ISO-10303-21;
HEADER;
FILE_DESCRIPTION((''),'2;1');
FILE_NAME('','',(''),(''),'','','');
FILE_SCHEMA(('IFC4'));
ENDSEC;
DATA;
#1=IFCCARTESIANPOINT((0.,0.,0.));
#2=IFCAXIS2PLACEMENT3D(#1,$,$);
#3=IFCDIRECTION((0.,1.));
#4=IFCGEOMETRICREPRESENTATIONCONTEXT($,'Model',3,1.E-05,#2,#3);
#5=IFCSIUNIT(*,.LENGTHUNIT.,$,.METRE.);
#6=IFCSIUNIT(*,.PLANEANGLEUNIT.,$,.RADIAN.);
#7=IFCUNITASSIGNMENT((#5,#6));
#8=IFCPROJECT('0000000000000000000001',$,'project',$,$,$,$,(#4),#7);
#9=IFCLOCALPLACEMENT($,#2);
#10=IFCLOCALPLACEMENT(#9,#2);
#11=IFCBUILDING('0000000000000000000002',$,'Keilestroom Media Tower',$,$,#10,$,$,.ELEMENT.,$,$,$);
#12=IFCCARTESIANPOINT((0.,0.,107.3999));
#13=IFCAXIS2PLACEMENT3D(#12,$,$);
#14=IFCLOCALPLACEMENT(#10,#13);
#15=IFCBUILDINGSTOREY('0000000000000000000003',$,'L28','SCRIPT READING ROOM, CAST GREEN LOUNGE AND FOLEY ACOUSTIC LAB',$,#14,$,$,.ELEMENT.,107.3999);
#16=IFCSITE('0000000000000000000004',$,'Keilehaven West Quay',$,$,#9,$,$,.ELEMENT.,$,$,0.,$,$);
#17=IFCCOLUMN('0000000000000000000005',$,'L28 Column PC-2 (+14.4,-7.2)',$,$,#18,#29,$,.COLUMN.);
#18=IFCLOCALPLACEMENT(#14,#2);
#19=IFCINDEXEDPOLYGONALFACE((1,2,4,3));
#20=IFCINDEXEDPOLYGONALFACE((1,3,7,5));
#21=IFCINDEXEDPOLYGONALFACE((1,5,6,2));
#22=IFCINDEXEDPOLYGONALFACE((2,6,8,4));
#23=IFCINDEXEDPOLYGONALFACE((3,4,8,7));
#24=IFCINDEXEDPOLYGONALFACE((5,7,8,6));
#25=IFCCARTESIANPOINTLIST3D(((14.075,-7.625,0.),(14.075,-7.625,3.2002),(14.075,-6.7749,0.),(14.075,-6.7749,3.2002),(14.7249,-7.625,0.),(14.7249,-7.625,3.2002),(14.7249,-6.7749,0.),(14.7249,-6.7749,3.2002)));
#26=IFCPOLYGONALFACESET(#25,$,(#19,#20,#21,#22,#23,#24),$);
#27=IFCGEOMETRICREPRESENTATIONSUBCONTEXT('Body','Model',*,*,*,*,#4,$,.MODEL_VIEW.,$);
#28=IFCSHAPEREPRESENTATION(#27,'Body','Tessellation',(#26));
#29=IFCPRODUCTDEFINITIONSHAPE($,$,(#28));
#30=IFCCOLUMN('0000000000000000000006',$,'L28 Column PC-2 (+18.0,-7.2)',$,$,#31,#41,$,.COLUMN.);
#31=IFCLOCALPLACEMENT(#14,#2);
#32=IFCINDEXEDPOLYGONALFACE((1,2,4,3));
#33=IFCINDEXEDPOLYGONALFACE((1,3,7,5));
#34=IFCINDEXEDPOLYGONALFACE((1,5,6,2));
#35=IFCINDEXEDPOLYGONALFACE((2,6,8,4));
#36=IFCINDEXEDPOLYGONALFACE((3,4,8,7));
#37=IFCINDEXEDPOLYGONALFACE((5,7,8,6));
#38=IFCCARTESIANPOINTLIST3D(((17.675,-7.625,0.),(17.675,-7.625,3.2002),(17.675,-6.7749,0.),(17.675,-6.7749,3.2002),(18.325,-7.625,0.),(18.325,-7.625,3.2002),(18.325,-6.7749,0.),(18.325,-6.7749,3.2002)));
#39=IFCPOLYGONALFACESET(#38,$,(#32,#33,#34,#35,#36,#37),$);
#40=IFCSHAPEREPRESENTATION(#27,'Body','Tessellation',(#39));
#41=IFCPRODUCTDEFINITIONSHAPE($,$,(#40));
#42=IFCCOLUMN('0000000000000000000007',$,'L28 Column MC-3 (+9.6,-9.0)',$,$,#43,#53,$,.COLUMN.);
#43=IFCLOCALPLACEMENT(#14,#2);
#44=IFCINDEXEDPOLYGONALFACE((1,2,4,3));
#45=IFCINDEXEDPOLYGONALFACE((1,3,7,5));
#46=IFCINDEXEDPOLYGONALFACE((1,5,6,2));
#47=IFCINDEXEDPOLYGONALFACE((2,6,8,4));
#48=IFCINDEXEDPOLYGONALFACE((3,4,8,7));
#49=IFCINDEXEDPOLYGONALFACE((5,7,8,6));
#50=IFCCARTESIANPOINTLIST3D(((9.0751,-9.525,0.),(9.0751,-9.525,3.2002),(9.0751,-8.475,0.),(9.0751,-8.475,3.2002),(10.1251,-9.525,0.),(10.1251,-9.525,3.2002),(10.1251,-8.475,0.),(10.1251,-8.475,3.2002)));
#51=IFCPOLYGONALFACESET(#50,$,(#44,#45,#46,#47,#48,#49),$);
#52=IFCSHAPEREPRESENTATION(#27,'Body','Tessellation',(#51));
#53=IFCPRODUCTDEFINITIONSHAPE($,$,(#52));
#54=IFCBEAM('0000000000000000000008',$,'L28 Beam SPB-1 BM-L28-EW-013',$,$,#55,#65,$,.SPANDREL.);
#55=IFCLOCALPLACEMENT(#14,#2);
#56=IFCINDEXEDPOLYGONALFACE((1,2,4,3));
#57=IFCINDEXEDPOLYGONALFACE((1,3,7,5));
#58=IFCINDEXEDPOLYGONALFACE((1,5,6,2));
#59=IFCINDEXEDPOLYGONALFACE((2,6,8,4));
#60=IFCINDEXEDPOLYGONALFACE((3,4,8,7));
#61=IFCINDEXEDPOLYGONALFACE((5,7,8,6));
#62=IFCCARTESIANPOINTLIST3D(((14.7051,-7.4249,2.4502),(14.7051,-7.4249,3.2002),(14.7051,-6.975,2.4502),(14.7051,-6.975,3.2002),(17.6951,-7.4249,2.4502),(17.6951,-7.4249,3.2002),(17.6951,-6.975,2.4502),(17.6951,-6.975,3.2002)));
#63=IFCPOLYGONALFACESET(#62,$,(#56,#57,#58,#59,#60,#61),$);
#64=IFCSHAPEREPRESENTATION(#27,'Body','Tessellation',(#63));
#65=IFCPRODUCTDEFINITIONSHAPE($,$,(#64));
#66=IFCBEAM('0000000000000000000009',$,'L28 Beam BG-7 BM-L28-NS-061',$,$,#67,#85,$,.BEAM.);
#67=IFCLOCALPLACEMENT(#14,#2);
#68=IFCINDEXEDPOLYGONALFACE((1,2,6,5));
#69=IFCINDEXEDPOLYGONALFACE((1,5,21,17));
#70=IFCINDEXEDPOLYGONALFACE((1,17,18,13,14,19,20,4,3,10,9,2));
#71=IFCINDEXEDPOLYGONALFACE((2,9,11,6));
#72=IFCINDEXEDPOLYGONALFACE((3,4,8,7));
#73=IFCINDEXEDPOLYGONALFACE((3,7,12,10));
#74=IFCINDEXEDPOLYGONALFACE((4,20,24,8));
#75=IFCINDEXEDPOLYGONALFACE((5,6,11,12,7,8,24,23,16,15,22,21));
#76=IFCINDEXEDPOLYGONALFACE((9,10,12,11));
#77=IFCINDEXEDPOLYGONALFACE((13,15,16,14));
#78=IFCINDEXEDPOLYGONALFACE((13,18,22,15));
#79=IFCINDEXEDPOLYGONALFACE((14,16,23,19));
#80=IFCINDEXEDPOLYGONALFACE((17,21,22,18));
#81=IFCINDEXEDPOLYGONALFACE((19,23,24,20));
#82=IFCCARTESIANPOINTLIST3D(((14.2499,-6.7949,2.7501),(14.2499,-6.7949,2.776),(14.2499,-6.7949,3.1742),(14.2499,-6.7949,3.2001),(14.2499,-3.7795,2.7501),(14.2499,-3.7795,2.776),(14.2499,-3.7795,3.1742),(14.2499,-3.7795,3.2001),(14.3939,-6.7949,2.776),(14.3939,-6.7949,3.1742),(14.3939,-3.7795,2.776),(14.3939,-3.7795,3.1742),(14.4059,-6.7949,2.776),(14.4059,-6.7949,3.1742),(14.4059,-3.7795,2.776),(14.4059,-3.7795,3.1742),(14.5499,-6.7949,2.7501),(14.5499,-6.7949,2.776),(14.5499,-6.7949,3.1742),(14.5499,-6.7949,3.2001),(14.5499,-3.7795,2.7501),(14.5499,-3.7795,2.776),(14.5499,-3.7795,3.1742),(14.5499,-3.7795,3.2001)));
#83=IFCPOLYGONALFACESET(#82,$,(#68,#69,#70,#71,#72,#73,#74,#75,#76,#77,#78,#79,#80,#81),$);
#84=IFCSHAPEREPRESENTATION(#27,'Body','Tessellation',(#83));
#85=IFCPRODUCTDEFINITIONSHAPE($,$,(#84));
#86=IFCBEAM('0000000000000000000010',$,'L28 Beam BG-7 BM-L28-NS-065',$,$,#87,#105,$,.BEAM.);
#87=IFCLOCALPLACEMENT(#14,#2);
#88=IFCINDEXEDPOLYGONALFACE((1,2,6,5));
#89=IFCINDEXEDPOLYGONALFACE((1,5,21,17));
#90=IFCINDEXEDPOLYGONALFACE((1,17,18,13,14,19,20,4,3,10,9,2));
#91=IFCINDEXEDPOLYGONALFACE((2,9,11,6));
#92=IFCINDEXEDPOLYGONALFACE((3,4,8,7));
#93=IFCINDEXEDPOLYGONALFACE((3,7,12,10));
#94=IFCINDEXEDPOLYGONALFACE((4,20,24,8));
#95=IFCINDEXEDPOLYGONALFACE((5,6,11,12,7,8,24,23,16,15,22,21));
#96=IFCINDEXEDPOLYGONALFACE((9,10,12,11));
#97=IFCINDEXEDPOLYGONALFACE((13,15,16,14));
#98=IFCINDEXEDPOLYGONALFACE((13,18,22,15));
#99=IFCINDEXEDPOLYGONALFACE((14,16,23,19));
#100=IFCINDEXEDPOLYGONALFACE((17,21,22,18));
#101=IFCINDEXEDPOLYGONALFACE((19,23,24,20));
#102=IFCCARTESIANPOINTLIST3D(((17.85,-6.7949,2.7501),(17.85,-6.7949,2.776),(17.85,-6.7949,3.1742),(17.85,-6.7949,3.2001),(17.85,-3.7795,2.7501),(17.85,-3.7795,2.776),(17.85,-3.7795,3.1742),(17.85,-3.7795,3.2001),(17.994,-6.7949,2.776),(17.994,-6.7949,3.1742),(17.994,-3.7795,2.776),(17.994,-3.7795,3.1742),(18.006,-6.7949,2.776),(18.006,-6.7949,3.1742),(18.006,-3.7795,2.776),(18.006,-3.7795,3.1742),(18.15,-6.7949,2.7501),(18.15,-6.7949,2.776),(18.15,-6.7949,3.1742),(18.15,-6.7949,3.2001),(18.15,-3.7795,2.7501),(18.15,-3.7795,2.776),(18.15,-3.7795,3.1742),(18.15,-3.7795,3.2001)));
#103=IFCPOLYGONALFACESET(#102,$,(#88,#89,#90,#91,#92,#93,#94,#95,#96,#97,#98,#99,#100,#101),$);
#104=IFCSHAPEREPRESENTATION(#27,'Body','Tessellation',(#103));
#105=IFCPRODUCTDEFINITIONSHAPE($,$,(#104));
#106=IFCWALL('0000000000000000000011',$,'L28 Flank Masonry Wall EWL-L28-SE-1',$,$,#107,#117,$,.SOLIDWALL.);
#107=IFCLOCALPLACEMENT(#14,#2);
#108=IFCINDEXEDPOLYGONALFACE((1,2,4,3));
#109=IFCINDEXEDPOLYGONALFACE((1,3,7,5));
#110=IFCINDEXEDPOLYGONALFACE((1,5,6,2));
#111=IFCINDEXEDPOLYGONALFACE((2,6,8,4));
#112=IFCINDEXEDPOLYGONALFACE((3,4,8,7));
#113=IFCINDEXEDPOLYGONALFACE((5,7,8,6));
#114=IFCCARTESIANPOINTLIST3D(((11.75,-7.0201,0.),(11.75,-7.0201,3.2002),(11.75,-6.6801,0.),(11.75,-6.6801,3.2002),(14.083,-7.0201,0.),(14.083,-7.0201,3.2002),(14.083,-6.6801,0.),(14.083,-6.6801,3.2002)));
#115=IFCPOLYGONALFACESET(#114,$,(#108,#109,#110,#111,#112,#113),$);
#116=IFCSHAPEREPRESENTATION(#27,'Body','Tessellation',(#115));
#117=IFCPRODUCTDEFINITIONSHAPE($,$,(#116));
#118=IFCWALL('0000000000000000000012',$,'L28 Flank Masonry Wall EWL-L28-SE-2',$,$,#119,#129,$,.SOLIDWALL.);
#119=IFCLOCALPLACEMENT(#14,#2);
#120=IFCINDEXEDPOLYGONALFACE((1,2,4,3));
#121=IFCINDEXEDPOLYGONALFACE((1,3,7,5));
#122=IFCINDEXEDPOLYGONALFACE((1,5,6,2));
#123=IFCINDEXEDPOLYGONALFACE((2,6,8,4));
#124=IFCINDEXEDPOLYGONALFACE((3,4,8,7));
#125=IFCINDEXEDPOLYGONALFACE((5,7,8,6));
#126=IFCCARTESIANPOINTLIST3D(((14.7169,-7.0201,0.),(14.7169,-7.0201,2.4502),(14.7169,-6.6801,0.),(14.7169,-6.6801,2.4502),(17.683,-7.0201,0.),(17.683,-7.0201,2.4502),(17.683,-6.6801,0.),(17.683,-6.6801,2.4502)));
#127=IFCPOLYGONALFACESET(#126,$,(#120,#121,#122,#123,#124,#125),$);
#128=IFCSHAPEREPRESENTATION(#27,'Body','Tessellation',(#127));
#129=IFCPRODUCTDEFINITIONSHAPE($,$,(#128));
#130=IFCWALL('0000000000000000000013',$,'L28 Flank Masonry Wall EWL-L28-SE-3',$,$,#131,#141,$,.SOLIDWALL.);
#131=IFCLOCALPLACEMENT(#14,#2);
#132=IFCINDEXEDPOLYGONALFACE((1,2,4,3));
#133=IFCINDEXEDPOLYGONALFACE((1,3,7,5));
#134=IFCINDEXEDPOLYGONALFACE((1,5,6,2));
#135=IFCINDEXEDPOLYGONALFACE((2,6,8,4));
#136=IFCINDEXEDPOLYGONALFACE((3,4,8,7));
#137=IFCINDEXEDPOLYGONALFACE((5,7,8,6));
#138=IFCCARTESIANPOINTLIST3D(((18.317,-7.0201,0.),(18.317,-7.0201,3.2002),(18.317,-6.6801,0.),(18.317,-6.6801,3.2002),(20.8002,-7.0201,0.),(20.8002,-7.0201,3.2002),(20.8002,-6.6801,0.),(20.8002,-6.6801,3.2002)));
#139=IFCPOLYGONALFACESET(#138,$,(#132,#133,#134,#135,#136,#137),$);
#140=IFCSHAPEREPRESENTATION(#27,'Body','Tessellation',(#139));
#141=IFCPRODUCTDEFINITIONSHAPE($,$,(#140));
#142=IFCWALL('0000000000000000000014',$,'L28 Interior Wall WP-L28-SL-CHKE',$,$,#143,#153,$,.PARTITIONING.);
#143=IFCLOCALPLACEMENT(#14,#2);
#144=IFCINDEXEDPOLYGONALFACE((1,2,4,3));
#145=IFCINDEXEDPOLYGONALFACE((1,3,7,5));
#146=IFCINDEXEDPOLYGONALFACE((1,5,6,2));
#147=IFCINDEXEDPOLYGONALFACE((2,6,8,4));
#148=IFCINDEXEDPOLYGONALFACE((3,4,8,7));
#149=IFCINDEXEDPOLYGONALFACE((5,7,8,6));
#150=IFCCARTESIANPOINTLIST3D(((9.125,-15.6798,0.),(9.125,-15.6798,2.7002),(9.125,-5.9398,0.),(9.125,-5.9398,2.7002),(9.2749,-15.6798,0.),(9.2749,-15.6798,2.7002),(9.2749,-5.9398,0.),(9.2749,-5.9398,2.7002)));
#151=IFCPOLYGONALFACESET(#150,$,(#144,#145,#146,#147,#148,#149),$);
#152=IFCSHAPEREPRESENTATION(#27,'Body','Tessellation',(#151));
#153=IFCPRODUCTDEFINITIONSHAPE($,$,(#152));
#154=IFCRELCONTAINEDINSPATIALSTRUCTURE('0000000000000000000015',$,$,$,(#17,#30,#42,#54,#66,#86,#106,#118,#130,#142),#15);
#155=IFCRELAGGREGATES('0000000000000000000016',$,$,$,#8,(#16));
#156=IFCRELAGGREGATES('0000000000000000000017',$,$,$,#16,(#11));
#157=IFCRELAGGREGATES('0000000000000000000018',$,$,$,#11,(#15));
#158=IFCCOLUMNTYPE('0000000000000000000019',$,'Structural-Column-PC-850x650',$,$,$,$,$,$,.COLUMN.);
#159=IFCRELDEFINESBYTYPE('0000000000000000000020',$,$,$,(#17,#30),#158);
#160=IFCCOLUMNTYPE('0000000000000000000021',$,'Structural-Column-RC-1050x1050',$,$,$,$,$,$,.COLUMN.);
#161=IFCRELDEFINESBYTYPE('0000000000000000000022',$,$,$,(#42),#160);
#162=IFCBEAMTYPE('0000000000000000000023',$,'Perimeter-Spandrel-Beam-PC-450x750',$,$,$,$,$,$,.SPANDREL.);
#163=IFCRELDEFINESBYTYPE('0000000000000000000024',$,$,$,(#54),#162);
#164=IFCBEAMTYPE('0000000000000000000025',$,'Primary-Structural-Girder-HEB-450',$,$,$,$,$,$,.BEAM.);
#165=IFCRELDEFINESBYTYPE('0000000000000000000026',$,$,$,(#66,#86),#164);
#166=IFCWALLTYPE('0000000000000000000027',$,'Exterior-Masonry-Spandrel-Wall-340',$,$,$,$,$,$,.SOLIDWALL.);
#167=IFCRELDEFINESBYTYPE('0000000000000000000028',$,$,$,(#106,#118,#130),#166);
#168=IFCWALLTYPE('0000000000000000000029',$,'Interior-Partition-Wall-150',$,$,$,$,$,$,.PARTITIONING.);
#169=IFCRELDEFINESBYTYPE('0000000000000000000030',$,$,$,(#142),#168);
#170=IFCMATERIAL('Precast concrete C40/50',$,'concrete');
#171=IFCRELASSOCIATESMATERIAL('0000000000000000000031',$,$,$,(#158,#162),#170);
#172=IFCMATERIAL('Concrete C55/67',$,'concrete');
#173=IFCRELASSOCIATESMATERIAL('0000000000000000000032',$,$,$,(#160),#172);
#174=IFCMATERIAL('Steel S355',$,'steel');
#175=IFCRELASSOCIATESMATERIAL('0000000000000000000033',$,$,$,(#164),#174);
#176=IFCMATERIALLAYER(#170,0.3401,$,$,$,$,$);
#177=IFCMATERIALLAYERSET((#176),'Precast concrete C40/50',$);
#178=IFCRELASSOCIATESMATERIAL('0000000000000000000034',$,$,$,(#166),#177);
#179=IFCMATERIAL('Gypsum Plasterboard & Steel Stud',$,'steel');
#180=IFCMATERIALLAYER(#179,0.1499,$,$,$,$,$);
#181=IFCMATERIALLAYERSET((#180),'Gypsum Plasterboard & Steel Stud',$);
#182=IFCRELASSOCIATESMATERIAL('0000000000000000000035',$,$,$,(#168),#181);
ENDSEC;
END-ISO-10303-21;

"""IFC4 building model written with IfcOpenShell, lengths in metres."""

from ifc_helpers import new_model, si_unit, direction, frame, frame_2d, origin, origin_2d, place, context, subcontext, project, spatial, rectangle, i_section, extrude, source, transform, mapped, material, layer, layer_set, material_profile, profile_set, type_object, element, save


model = new_model("IFC4")

# Units and contexts
model_context = context("Model", 3, precision=1e-05, world=origin(), true_north=direction((0.0, 1.0)))
body_context = subcontext(model_context, "Body", "Model", "MODEL_VIEW")
ifc_project = project(units=[si_unit("LENGTHUNIT", "METRE"), si_unit("PLANEANGLEUNIT", "RADIAN")], contexts=[model_context])

# Site, building, storey
site_placement = place(None, origin())
site = spatial("IfcSite", under=ifc_project, at=site_placement, Name="Keilehaven West Quay", CompositionType="ELEMENT", RefElevation=0.0)
building_placement = place(site_placement, origin())
building = spatial("IfcBuilding", under=site, at=building_placement, Name="Keilestroom Media Tower", CompositionType="ELEMENT")
storey_placement = place(building_placement, frame((0.0, 0.0, 107.3999)))
storey = spatial("IfcBuildingStorey", under=building, at=storey_placement, Name="L28", Description="SCRIPT READING ROOM, CAST GREEN LOUNGE AND FOLEY ACOUSTIC LAB", CompositionType="ELEMENT", Elevation=107.3999)

# Columns
ifc_material_1 = material(Name="Precast concrete C40/50", Category="concrete")
ifc_material_profile_1 = material_profile(ifc_material_1, rectangle(XDim=0.6499, YDim=0.8501, at=origin_2d()), Name="PC 850x650")
ifc_profile_set_1 = profile_set([ifc_material_profile_1], Name="Precast concrete C40/50")
column_type_1 = type_object("IfcColumnType", Name="Structural-Column-PC-850x650", PredefinedType="COLUMN", material=ifc_profile_set_1)
shared_shape_1 = source(origin(), body_context, "Body", "SweptSolid", [
    extrude(rectangle(XDim=0.6499, YDim=0.8501, at=origin_2d()), origin(), (0.0, 0.0, 1.0), 3.2002),
])
for number, where, z_axis, x_axis, name in (
    (1, (14.3999, -7.2, 0.0), (0.0, 0.0, 1.0), (1.0, 0.0, 0.0), "L28 Column PC-2 (+14.4,-7.2)"),
    (2, (18.0, -7.2, 0.0), (0.0, 0.0, 1.0), (1.0, 0.0, 0.0), "L28 Column PC-2 (+18.0,-7.2)"),
):
    element("IfcColumn", number, at=place(storey_placement, frame(where, z_axis=z_axis, x_axis=x_axis)), inside=storey, type_object=column_type_1, Name=name, PredefinedType="COLUMN", context=body_context, shape_type="MappedRepresentation", body=[
        mapped(shared_shape_1, transform((0.0, 0.0, 0.0), x_axis=(1.0, 0.0, 0.0), y_axis=(0.0, 1.0, 0.0), z_axis=(0.0, 0.0, 1.0), scale=1.0)),
    ])
ifc_material_2 = material(Name="Concrete C55/67", Category="concrete")
ifc_material_profile_2 = material_profile(ifc_material_2, rectangle(XDim=1.05, YDim=1.05, at=origin_2d()), Name="RC 1050x1050")
ifc_profile_set_2 = profile_set([ifc_material_profile_2], Name="Concrete C55/67")
column_type_2 = type_object("IfcColumnType", Name="Structural-Column-RC-1050x1050", PredefinedType="COLUMN", material=ifc_profile_set_2)
shared_shape_2 = source(origin(), body_context, "Body", "SweptSolid", [
    extrude(rectangle(XDim=1.05, YDim=1.05, at=origin_2d()), origin(), (0.0, 0.0, 1.0), 3.2002),
])
column_placement = place(storey_placement, frame((9.6001, -9.0, 0.0), z_axis=(0.0, 0.0, 1.0), x_axis=(1.0, 0.0, 0.0)))
element("IfcColumn", 3, at=column_placement, inside=storey, type_object=column_type_2, Name="L28 Column MC-3 (+9.6,-9.0)", PredefinedType="COLUMN", context=body_context, shape_type="MappedRepresentation", body=[
    mapped(shared_shape_2, transform((0.0, 0.0, 0.0), x_axis=(1.0, 0.0, 0.0), y_axis=(0.0, 1.0, 0.0), z_axis=(0.0, 0.0, 1.0), scale=1.0)),
])

# Beams
ifc_material_profile_3 = material_profile(ifc_material_1, rectangle(XDim=0.45, YDim=0.75, at=origin_2d()), Name="PC 450x750")
ifc_profile_set_3 = profile_set([ifc_material_profile_3], Name="Precast concrete C40/50")
beam_type_1 = type_object("IfcBeamType", Name="Perimeter-Spandrel-Beam-PC-450x750", PredefinedType="SPANDREL", material=ifc_profile_set_3)
shared_shape_3 = source(origin(), body_context, "Body", "SweptSolid", [
    extrude(rectangle(XDim=0.45, YDim=0.75, at=origin_2d()), origin(), (0.0, 0.0, 1.0), 2.99),
])
beam_placement = place(storey_placement, frame((14.7051, -7.2, 2.8252), z_axis=(1.0, 0.0, 0.0), x_axis=(0.0, 1.0, 0.0)))
element("IfcBeam", 4, at=beam_placement, inside=storey, type_object=beam_type_1, Name="L28 Beam SPB-1 BM-L28-EW-013", PredefinedType="SPANDREL", context=body_context, shape_type="MappedRepresentation", body=[
    mapped(shared_shape_3, transform((0.0, 0.0, 0.0), x_axis=(1.0, 0.0, 0.0), y_axis=(0.0, 1.0, 0.0), z_axis=(0.0, 0.0, 1.0), scale=1.0)),
])
ifc_material_3 = material(Name="Steel S355", Category="steel")
ifc_material_profile_4 = material_profile(ifc_material_3, i_section(OverallWidth=0.3, OverallDepth=0.45, WebThickness=0.012, FlangeThickness=0.0259, at=origin_2d()), Name="HEB 450")
ifc_profile_set_4 = profile_set([ifc_material_profile_4], Name="Steel S355")
beam_type_2 = type_object("IfcBeamType", Name="Primary-Structural-Girder-HEB-450", PredefinedType="BEAM", material=ifc_profile_set_4)
shared_shape_4 = source(origin(), body_context, "Body", "SweptSolid", [
    extrude(i_section(OverallWidth=0.3, OverallDepth=0.45, WebThickness=0.012, FlangeThickness=0.0259, at=origin_2d()), origin(), (0.0, 0.0, 1.0), 3.0154),
])
for number, where, z_axis, x_axis, name in (
    (5, (14.3999, -6.7949, 2.9751), (0.0, 1.0, 0.0), (-1.0, 0.0, 0.0), "L28 Beam BG-7 BM-L28-NS-061"),
    (6, (18.0, -6.7949, 2.9751), (0.0, 1.0, 0.0), (-1.0, 0.0, 0.0), "L28 Beam BG-7 BM-L28-NS-065"),
):
    element("IfcBeam", number, at=place(storey_placement, frame(where, z_axis=z_axis, x_axis=x_axis)), inside=storey, type_object=beam_type_2, Name=name, PredefinedType="BEAM", context=body_context, shape_type="MappedRepresentation", body=[
        mapped(shared_shape_4, transform((0.0, 0.0, 0.0), x_axis=(1.0, 0.0, 0.0), y_axis=(0.0, 1.0, 0.0), z_axis=(0.0, 0.0, 1.0), scale=1.0)),
    ])

# Walls
ifc_layer_1 = layer(ifc_material_1, 0.3401)
ifc_layer_set_1 = layer_set([ifc_layer_1], Name="Precast concrete C40/50")
wall_type_1 = type_object("IfcWallType", Name="Exterior-Masonry-Spandrel-Wall-340", PredefinedType="SOLIDWALL", material=ifc_layer_set_1)
wall_1_placement = place(storey_placement, frame((11.75, -6.8501, 0.0), z_axis=(0.0, 0.0, 1.0), x_axis=(1.0, 0.0, 0.0)))
element("IfcWall", 7, at=wall_1_placement, inside=storey, type_object=wall_type_1, Name="L28 Flank Masonry Wall EWL-L28-SE-1", PredefinedType="SOLIDWALL", context=body_context, shape_type="SweptSolid", body=[
    extrude(rectangle(XDim=2.333, YDim=0.3401, at=frame_2d((1.1665, 0.0))), origin(), (0.0, 0.0, 1.0), 3.2002),
])
wall_2_placement = place(storey_placement, frame((14.717, -6.8501, 0.0), z_axis=(0.0, 0.0, 1.0), x_axis=(1.0, 0.0, 0.0)))
element("IfcWall", 8, at=wall_2_placement, inside=storey, type_object=wall_type_1, Name="L28 Flank Masonry Wall EWL-L28-SE-2", PredefinedType="SOLIDWALL", context=body_context, shape_type="SweptSolid", body=[
    extrude(rectangle(XDim=2.9661, YDim=0.3401, at=frame_2d((1.4829, 0.0))), origin(), (0.0, 0.0, 1.0), 2.4502),
])
wall_3_placement = place(storey_placement, frame((18.3169, -6.8501, 0.0), z_axis=(0.0, 0.0, 1.0), x_axis=(1.0, 0.0, 0.0)))
element("IfcWall", 9, at=wall_3_placement, inside=storey, type_object=wall_type_1, Name="L28 Flank Masonry Wall EWL-L28-SE-3", PredefinedType="SOLIDWALL", context=body_context, shape_type="SweptSolid", body=[
    extrude(rectangle(XDim=2.4832, YDim=0.3401, at=frame_2d((1.2417, 0.0))), origin(), (0.0, 0.0, 1.0), 3.2002),
])
ifc_material_4 = material(Name="Gypsum Plasterboard & Steel Stud", Category="steel")
ifc_layer_2 = layer(ifc_material_4, 0.1499)
ifc_layer_set_2 = layer_set([ifc_layer_2], Name="Gypsum Plasterboard & Steel Stud")
wall_type_2 = type_object("IfcWallType", Name="Interior-Partition-Wall-150", PredefinedType="PARTITIONING", material=ifc_layer_set_2)
wall_4_placement = place(storey_placement, frame((9.2, -15.6799, 0.0), z_axis=(0.0, 0.0, 1.0), x_axis=(0.0, 1.0, 0.0)))
element("IfcWall", 10, at=wall_4_placement, inside=storey, type_object=wall_type_2, Name="L28 Interior Wall WP-L28-SL-CHKE", PredefinedType="PARTITIONING", context=body_context, shape_type="SweptSolid", body=[
    extrude(rectangle(XDim=9.74, YDim=0.1499, at=frame_2d((4.8701, 0.0))), origin(), (0.0, 0.0, 1.0), 2.7002),
])

save(model, "model.ifc")
